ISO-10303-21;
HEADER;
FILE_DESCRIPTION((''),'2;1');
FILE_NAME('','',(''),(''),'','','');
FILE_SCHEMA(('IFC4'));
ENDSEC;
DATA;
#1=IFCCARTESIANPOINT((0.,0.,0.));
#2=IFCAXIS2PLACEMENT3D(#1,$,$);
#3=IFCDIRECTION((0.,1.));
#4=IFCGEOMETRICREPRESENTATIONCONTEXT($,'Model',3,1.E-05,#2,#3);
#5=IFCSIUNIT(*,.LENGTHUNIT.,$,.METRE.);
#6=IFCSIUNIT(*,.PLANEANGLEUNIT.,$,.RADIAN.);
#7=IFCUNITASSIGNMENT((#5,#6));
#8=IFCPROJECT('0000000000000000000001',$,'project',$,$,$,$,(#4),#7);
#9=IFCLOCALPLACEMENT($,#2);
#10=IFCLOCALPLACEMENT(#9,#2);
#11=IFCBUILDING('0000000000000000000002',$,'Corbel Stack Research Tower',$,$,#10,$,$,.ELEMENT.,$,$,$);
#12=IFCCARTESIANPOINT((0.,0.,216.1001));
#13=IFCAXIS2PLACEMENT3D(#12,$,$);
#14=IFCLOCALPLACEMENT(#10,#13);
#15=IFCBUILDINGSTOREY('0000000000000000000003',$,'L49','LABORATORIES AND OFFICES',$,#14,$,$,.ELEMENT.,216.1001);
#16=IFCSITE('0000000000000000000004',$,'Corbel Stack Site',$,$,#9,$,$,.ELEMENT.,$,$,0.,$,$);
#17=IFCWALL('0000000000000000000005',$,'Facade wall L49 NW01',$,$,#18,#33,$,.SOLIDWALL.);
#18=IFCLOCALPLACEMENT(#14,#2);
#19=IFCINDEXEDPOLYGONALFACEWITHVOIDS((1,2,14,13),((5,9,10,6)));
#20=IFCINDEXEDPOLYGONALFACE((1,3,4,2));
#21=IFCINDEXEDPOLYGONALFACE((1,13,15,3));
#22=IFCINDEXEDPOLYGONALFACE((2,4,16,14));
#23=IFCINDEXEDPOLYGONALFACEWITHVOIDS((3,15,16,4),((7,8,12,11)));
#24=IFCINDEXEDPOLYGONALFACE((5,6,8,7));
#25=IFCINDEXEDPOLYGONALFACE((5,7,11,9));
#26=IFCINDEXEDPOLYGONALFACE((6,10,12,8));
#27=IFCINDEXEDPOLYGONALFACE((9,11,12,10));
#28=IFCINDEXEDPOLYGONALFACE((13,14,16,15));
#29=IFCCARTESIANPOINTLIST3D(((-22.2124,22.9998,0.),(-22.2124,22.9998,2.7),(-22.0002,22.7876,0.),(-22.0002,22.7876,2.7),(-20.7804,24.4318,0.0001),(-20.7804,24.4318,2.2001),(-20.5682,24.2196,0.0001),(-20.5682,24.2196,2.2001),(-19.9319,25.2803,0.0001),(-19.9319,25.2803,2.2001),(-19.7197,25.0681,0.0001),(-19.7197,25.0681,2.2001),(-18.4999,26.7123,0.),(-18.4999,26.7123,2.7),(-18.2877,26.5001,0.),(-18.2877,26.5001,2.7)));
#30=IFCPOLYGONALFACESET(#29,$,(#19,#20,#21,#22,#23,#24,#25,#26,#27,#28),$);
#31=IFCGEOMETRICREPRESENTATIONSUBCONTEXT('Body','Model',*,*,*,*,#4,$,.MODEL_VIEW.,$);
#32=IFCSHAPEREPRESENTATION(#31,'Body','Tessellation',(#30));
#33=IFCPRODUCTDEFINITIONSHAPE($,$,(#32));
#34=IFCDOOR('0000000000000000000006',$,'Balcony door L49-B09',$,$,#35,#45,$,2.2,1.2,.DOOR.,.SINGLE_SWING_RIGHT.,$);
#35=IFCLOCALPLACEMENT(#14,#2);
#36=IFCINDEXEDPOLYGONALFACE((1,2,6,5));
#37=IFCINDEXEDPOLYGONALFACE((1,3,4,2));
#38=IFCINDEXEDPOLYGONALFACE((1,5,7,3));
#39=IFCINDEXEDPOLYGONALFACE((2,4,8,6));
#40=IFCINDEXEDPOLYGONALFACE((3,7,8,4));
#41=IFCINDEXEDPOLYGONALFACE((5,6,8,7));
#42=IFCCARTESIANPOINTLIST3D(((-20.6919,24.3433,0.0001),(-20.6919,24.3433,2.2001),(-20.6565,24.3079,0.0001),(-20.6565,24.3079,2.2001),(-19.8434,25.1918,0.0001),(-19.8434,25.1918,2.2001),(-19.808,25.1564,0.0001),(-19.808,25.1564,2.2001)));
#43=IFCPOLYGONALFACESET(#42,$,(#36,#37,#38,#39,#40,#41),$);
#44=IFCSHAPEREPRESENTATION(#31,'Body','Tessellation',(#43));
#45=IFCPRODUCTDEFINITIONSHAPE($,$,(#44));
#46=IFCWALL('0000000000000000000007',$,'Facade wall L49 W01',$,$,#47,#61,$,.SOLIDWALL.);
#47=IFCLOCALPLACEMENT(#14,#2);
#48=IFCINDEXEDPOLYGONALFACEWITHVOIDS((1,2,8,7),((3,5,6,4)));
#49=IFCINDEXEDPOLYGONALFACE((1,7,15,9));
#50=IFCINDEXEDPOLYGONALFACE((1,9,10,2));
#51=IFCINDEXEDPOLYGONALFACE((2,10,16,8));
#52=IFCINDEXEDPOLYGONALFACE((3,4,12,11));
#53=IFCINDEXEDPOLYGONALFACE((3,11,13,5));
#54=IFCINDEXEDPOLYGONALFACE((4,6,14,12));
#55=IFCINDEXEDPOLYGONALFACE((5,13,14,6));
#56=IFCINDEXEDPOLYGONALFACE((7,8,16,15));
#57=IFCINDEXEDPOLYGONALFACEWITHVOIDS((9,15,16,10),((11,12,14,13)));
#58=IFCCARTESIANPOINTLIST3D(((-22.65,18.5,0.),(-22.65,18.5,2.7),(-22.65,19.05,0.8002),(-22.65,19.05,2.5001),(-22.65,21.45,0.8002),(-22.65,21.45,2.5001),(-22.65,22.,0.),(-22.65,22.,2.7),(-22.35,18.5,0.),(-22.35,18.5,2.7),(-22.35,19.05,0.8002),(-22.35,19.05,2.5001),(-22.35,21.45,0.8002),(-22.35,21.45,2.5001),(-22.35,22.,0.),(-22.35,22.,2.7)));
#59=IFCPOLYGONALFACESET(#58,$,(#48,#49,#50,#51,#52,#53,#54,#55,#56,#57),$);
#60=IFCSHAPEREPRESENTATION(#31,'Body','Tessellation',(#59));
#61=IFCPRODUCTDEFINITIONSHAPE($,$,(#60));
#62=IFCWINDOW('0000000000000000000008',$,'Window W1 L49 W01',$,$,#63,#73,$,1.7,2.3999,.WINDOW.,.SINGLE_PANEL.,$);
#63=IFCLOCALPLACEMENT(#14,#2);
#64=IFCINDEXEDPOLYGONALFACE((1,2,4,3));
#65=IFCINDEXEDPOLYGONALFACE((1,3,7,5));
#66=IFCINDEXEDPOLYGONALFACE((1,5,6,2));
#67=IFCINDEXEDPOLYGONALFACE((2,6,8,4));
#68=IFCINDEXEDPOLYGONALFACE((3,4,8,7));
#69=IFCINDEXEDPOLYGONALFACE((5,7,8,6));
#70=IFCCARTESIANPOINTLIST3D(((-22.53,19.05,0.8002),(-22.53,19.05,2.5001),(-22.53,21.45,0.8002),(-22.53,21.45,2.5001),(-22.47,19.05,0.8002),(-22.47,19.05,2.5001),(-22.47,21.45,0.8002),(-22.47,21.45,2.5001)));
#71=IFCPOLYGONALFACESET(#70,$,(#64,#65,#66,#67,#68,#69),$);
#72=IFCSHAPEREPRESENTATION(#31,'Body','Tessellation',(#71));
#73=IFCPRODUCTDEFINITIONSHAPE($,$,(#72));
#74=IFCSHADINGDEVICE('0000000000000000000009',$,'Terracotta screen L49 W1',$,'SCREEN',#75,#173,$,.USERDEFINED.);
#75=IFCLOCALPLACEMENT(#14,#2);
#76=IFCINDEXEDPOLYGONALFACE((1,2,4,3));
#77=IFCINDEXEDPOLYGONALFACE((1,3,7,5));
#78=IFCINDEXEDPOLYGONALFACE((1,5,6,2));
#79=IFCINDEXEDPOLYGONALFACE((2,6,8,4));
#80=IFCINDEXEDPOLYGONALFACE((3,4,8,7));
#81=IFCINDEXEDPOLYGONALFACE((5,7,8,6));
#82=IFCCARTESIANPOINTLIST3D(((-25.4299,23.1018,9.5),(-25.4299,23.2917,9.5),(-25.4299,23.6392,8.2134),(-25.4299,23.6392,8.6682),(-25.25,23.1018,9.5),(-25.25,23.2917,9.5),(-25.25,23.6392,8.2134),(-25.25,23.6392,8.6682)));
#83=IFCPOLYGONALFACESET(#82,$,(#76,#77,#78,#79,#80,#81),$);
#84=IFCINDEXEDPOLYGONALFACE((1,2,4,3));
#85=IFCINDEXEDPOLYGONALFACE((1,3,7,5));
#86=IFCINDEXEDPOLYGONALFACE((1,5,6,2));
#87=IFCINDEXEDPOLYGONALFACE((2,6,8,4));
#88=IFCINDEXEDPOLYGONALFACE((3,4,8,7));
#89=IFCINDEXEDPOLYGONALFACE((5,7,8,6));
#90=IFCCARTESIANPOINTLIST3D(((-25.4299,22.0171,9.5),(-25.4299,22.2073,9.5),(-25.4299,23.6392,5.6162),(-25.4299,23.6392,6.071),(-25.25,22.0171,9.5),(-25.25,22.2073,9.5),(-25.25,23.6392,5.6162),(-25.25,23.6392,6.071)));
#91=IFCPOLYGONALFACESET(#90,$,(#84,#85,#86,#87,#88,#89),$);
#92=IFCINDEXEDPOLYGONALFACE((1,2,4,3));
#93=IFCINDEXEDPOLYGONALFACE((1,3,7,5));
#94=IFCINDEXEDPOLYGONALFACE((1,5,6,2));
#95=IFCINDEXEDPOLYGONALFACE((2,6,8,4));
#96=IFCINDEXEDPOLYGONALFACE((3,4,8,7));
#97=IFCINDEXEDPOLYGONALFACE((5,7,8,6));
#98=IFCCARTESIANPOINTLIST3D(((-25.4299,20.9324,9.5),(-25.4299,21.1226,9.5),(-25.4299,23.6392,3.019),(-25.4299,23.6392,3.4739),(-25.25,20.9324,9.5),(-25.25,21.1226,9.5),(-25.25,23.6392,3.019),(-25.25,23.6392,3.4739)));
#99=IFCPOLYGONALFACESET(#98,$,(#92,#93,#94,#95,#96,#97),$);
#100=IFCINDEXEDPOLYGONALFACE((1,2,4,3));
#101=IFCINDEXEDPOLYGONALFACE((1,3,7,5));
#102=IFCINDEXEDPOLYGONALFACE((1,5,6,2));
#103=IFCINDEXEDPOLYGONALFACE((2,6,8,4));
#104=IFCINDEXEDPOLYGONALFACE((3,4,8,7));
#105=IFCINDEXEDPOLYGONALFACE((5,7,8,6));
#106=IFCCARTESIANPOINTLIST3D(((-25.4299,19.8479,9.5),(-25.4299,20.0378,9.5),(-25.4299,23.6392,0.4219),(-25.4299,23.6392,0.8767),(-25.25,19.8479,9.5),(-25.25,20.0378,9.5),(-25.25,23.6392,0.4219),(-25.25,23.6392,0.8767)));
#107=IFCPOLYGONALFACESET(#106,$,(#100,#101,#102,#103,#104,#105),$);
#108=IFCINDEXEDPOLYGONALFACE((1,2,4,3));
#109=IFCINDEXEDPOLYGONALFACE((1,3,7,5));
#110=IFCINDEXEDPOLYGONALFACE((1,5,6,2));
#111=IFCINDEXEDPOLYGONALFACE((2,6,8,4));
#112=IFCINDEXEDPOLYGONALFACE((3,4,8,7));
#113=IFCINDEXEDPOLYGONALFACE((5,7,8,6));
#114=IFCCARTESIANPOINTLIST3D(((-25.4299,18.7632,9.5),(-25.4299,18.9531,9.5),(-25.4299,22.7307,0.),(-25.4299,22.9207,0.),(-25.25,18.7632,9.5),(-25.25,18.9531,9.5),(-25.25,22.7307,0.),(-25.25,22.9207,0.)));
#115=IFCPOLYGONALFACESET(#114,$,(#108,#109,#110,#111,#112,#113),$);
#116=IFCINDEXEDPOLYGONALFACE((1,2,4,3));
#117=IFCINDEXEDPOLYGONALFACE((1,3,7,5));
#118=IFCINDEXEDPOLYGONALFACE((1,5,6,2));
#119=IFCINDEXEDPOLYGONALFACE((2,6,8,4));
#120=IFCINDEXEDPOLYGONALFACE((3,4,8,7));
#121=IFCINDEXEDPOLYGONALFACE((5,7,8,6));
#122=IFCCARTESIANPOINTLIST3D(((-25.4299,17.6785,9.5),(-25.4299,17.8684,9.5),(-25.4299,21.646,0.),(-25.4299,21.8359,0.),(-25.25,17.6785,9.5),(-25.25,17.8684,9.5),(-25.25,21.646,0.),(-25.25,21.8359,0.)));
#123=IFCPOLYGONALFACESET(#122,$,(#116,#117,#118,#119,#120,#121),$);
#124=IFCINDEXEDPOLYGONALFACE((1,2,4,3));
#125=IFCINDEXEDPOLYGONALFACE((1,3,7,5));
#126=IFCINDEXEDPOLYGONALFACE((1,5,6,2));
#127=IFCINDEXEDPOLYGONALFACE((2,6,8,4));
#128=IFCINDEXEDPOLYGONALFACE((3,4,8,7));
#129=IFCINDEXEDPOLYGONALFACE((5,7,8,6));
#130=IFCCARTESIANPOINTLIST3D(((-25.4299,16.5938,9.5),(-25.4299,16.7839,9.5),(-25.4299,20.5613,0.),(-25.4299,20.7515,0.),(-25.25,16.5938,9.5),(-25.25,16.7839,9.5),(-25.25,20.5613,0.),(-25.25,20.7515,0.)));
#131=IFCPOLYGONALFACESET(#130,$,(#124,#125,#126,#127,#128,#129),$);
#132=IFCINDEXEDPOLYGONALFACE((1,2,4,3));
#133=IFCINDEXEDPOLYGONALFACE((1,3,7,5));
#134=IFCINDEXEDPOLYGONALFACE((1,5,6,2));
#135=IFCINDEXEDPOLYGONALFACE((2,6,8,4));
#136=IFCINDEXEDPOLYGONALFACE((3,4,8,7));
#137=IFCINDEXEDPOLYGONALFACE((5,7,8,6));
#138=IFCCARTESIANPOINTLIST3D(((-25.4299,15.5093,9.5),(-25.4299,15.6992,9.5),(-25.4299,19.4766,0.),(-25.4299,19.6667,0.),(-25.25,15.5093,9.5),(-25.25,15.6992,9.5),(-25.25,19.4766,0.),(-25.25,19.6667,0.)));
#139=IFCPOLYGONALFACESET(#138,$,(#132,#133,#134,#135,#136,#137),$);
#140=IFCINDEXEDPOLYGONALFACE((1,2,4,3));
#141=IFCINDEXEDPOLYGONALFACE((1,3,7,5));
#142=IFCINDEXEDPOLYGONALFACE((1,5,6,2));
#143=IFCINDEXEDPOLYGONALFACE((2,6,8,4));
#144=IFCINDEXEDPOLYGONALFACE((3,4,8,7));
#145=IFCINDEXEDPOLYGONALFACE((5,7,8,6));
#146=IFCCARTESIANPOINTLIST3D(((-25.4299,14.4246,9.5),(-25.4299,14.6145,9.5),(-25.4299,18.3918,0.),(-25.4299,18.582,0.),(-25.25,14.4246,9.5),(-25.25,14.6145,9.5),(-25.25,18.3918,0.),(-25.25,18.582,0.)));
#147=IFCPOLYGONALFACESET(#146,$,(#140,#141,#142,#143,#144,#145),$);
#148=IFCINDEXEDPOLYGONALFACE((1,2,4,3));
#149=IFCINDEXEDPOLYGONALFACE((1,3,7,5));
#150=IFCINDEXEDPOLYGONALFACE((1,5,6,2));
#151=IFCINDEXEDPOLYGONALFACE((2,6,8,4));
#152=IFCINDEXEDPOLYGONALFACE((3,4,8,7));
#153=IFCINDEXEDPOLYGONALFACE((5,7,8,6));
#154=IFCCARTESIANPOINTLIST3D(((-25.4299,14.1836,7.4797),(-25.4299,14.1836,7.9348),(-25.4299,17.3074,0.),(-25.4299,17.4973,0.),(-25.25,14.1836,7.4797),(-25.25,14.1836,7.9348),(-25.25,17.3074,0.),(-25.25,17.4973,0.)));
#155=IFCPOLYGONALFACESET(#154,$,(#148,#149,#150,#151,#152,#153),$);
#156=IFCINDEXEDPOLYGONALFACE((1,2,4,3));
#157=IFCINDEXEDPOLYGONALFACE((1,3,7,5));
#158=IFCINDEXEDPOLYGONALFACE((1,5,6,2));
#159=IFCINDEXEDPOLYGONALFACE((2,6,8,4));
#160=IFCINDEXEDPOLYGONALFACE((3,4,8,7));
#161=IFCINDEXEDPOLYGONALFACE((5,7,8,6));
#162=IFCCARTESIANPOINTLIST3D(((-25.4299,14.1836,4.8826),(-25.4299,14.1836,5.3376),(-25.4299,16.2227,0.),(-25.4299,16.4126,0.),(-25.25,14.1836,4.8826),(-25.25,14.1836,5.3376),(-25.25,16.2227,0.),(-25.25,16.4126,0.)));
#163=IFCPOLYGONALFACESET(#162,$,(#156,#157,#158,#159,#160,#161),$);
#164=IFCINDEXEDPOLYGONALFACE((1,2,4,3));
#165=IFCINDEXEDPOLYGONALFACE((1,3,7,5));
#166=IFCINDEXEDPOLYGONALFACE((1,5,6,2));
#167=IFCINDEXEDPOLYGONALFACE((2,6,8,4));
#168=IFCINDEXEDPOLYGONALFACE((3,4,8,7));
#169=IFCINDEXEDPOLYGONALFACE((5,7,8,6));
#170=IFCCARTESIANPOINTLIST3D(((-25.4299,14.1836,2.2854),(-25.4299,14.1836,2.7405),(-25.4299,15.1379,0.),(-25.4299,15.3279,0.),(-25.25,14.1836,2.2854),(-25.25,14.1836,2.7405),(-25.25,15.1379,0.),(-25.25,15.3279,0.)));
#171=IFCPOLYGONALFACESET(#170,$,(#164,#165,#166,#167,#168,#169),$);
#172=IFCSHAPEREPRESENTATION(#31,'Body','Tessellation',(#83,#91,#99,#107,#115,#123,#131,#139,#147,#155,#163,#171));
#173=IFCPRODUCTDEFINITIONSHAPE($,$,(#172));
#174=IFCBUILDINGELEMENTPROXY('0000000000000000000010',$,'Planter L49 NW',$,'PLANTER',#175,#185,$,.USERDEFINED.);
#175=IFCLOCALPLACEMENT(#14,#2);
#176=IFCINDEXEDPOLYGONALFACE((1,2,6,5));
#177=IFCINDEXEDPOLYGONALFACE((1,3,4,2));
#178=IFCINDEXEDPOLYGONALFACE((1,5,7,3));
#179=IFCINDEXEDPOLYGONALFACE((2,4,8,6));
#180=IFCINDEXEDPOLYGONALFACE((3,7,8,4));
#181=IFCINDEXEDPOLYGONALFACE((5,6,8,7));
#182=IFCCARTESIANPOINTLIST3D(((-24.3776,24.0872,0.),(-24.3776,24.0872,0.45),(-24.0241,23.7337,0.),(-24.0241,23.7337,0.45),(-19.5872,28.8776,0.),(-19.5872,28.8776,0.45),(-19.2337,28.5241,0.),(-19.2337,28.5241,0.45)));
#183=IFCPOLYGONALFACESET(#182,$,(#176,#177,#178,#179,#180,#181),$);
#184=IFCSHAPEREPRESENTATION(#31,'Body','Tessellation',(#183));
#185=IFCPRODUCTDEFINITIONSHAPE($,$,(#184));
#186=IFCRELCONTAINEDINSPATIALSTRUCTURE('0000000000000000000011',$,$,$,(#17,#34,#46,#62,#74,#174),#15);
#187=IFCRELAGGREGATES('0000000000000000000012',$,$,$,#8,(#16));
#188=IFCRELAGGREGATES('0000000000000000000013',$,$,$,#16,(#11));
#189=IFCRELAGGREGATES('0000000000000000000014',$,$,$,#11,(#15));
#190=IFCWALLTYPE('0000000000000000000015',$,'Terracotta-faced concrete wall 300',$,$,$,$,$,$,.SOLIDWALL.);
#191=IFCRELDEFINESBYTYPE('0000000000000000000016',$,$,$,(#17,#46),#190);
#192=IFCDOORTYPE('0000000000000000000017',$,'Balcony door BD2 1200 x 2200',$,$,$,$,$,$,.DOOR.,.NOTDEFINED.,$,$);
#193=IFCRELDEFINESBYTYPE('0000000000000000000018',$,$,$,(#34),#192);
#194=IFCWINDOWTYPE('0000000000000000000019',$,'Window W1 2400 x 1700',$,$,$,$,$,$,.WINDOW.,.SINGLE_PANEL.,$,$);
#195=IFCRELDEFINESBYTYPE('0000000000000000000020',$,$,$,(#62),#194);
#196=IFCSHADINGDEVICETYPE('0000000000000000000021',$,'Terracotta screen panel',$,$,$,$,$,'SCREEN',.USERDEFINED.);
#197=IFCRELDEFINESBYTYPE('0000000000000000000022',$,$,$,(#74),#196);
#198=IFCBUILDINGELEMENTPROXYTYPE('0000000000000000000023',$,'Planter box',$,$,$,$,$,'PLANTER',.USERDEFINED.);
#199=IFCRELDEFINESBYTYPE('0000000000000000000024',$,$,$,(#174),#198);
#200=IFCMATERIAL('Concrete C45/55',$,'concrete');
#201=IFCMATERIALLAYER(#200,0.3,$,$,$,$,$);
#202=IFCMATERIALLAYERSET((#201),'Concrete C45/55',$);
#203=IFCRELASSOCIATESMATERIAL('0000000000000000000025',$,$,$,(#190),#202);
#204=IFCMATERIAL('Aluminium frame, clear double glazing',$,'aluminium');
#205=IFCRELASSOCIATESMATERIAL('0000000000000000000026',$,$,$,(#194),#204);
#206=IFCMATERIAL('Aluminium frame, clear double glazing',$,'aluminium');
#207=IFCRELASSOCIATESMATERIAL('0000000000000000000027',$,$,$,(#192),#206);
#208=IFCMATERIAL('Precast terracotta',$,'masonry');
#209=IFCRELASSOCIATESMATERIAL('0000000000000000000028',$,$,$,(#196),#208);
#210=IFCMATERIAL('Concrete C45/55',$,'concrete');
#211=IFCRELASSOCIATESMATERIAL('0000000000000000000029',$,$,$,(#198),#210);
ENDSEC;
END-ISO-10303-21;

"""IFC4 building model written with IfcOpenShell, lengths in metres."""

from ifc_helpers import new_model, si_unit, direction, frame, frame_2d, origin, origin_2d, place, context, subcontext, project, spatial, polyline, rectangle, outline, extrude, source, transform, mapped, material, layer, layer_set, type_object, element, fill, save


model = new_model("IFC4")

# Units and contexts
model_context = context("Model", 3, precision=1e-05, world=origin(), true_north=direction((0.0, 1.0)))
body_context = subcontext(model_context, "Body", "Model", "MODEL_VIEW")
ifc_project = project(units=[si_unit("LENGTHUNIT", "METRE"), si_unit("PLANEANGLEUNIT", "RADIAN")], contexts=[model_context])

# Site, building, storey
site_placement = place(None, origin())
site = spatial("IfcSite", under=ifc_project, at=site_placement, Name="Corbel Stack Site", CompositionType="ELEMENT", RefElevation=0.0)
building_placement = place(site_placement, origin())
building = spatial("IfcBuilding", under=site, at=building_placement, Name="Corbel Stack Research Tower", CompositionType="ELEMENT")
storey_placement = place(building_placement, frame((0.0, 0.0, 216.1001)))
storey = spatial("IfcBuildingStorey", under=building, at=storey_placement, Name="L49", Description="LABORATORIES AND OFFICES", CompositionType="ELEMENT", Elevation=216.1001)

# Shared definitions
ifc_material_1 = material(Name="Concrete C45/55", Category="concrete")
ifc_layer_1 = layer(ifc_material_1, 0.3)
ifc_layer_set_1 = layer_set([ifc_layer_1], Name="Concrete C45/55")
wall_type_1 = type_object("IfcWallType", Name="Terracotta-faced concrete wall 300", PredefinedType="SOLIDWALL", material=ifc_layer_set_1)
ifc_material_2 = material(Name="Aluminium frame, clear double glazing", Category="aluminium")
window_type = type_object("IfcWindowType", Name="Window W1 2400 x 1700", PartitioningType="SINGLE_PANEL", PredefinedType="WINDOW", material=ifc_material_2)

# Wall, opening, door
wall_1_placement = place(storey_placement, frame((-22.1062, 22.8938, 0.0), z_axis=(0.0, 0.0, 1.0), x_axis=(0.707107, 0.707107, 0.0)))
wall_1 = element("IfcWall", 1, at=wall_1_placement, inside=storey, type_object=wall_type_1, Name="Facade wall L49 NW01", PredefinedType="SOLIDWALL", context=body_context, shape_type="SweptSolid", body=[
    extrude(rectangle(XDim=5.2502, YDim=0.3, at=frame_2d((2.625, 0.0))), origin(), (0.0, 0.0, 1.0), 2.7),
])
opening_1_placement = place(wall_1_placement, frame((2.0249, 0.0, 0.0)))
opening_1 = element("IfcOpeningElement", 2, at=opening_1_placement, cuts=wall_1, PredefinedType="OPENING", context=body_context, shape_type="SweptSolid", body=[
    extrude(rectangle(XDim=1.2, YDim=2.2, at=frame_2d((0.6001, 1.1001))), frame((0.0, 0.1599, 0.0), z_axis=(0.0, -1.0, 0.0), x_axis=(1.0, 0.0, 0.0)), (0.0, 0.0, 1.0), 0.3201),
])
ifc_material_3 = material(Name="Aluminium frame, clear double glazing", Category="aluminium")
door_type_1 = type_object("IfcDoorType", Name="Balcony door BD2 1200 x 2200", OperationType="NOTDEFINED", PredefinedType="DOOR", material=ifc_material_3)
door_1_placement = place(opening_1_placement, origin())
door_1 = element("IfcDoor", 3, at=door_1_placement, inside=storey, type_object=door_type_1, Name="Balcony door L49-B09", OperationType="SINGLE_SWING_RIGHT", OverallHeight=2.2, OverallWidth=1.2, PredefinedType="DOOR", context=body_context, shape_type="SweptSolid", body=[
    extrude(rectangle(XDim=1.2, YDim=2.2, at=frame_2d((0.6001, 1.1001))), frame((0.0, 0.0249, 0.0), z_axis=(0.0, -1.0, 0.0), x_axis=(1.0, 0.0, 0.0)), (0.0, 0.0, 1.0), 0.05),
])
fill(opening_1, door_1)

# Wall, opening, window
wall_2_placement = place(storey_placement, frame((-22.5, 18.5, 0.0), z_axis=(0.0, 0.0, 1.0), x_axis=(0.0, 1.0, 0.0)))
wall_2 = element("IfcWall", 4, at=wall_2_placement, inside=storey, type_object=wall_type_1, Name="Facade wall L49 W01", PredefinedType="SOLIDWALL", context=body_context, shape_type="SweptSolid", body=[
    extrude(rectangle(XDim=3.5, YDim=0.3, at=frame_2d((1.75, 0.0))), origin(), (0.0, 0.0, 1.0), 2.7),
])
opening_2_placement = place(wall_2_placement, frame((0.55, 0.0, 0.8)))
opening_2 = element("IfcOpeningElement", 5, at=opening_2_placement, cuts=wall_2, PredefinedType="OPENING", context=body_context, shape_type="SweptSolid", body=[
    extrude(rectangle(XDim=2.3999, YDim=1.7, at=frame_2d((1.2, 0.8501))), frame((0.0, 0.1599, 0.0), z_axis=(0.0, -1.0, 0.0), x_axis=(1.0, 0.0, 0.0)), (0.0, 0.0, 1.0), 0.3201),
])
window_1_placement = place(opening_2_placement, origin())
window_1 = element("IfcWindow", 6, at=window_1_placement, inside=storey, type_object=window_type, Name="Window W1 L49 W01", OverallHeight=1.7, OverallWidth=2.3999, PartitioningType="SINGLE_PANEL", PredefinedType="WINDOW", context=body_context, shape_type="SweptSolid", body=[
    extrude(rectangle(XDim=2.3999, YDim=1.7, at=frame_2d((1.2, 0.8501))), frame((0.0, 0.03, 0.0), z_axis=(0.0, -1.0, 0.0), x_axis=(1.0, 0.0, 0.0)), (0.0, 0.0, 1.0), 0.0601),
])
fill(opening_2, window_1)

# Shading device
ifc_material_4 = material(Name="Precast terracotta", Category="masonry")
shading_device_type = type_object("IfcShadingDeviceType", Name="Terracotta screen panel", ElementType="SCREEN", PredefinedType="USERDEFINED", material=ifc_material_4)
shared_shape_1 = source(origin(), body_context, "Body", "SweptSolid", [
    extrude(outline(polyline([(0.5374, 9.5), (0.3474, 9.5), (0.0, 8.6682), (0.0, 8.2134), (0.5374, 9.5)])), frame((0.0, 0.0, 0.0), z_axis=(0.0, -1.0, 0.0), x_axis=(1.0, 0.0, 0.0)), (0.0, 0.0, 1.0), 0.1799),
    extrude(outline(polyline([(1.6221, 9.5), (1.4319, 9.5), (0.0, 6.071), (0.0, 5.6162), (1.6221, 9.5)])), frame((0.0, 0.0, 0.0), z_axis=(0.0, -1.0, 0.0), x_axis=(1.0, 0.0, 0.0)), (0.0, 0.0, 1.0), 0.1799),
    extrude(outline(polyline([(2.7068, 9.5), (2.5166, 9.5), (0.0, 3.4739), (0.0, 3.019), (2.7068, 9.5)])), frame((0.0, 0.0, 0.0), z_axis=(0.0, -1.0, 0.0), x_axis=(1.0, 0.0, 0.0)), (0.0, 0.0, 1.0), 0.1799),
    extrude(outline(polyline([(3.7913, 9.5), (3.6013, 9.5), (0.0, 0.8767), (0.0, 0.4219), (3.7913, 9.5)])), frame((0.0, 0.0, 0.0), z_axis=(0.0, -1.0, 0.0), x_axis=(1.0, 0.0, 0.0)), (0.0, 0.0, 1.0), 0.1799),
    extrude(outline(polyline([(0.9084, 0.0), (4.876, 9.5), (4.686, 9.5), (0.7185, 0.0), (0.9084, 0.0)])), frame((0.0, 0.0, 0.0), z_axis=(0.0, -1.0, 0.0), x_axis=(1.0, 0.0, 0.0)), (0.0, 0.0, 1.0), 0.1799),
    extrude(outline(polyline([(1.9932, 0.0), (5.9607, 9.5), (5.7708, 9.5), (1.8032, 0.0), (1.9932, 0.0)])), frame((0.0, 0.0, 0.0), z_axis=(0.0, -1.0, 0.0), x_axis=(1.0, 0.0, 0.0)), (0.0, 0.0, 1.0), 0.1799),
    extrude(outline(polyline([(3.0779, 0.0), (7.0454, 9.5), (6.8552, 9.5), (2.8877, 0.0), (3.0779, 0.0)])), frame((0.0, 0.0, 0.0), z_axis=(0.0, -1.0, 0.0), x_axis=(1.0, 0.0, 0.0)), (0.0, 0.0, 1.0), 0.1799),
    extrude(outline(polyline([(4.1626, 0.0), (8.1299, 9.5), (7.9399, 9.5), (3.9724, 0.0), (4.1626, 0.0)])), frame((0.0, 0.0, 0.0), z_axis=(0.0, -1.0, 0.0), x_axis=(1.0, 0.0, 0.0)), (0.0, 0.0, 1.0), 0.1799),
    extrude(outline(polyline([(5.2473, 0.0), (9.2146, 9.5), (9.0247, 9.5), (5.0571, 0.0), (5.2473, 0.0)])), frame((0.0, 0.0, 0.0), z_axis=(0.0, -1.0, 0.0), x_axis=(1.0, 0.0, 0.0)), (0.0, 0.0, 1.0), 0.1799),
    extrude(outline(polyline([(6.3318, 0.0), (9.4556, 7.4797), (9.4556, 7.9348), (6.1418, 0.0), (6.3318, 0.0)])), frame((0.0, 0.0, 0.0), z_axis=(0.0, -1.0, 0.0), x_axis=(1.0, 0.0, 0.0)), (0.0, 0.0, 1.0), 0.1799),
    extrude(outline(polyline([(7.4165, 0.0), (9.4556, 4.8826), (9.4556, 5.3376), (7.2266, 0.0), (7.4165, 0.0)])), frame((0.0, 0.0, 0.0), z_axis=(0.0, -1.0, 0.0), x_axis=(1.0, 0.0, 0.0)), (0.0, 0.0, 1.0), 0.1799),
    extrude(outline(polyline([(8.5012, 0.0), (9.4556, 2.2854), (9.4556, 2.7405), (8.3113, 0.0), (8.5012, 0.0)])), frame((0.0, 0.0, 0.0), z_axis=(0.0, -1.0, 0.0), x_axis=(1.0, 0.0, 0.0)), (0.0, 0.0, 1.0), 0.1799),
])
shading_device_1_placement = place(storey_placement, frame((-25.25, 23.6392, 0.0), z_axis=(0.0, 0.0, 1.0), x_axis=(0.0, -1.0, 0.0)))
element("IfcShadingDevice", 7, at=shading_device_1_placement, inside=storey, type_object=shading_device_type, Name="Terracotta screen L49 W1", ObjectType="SCREEN", PredefinedType="USERDEFINED", context=body_context, shape_type="MappedRepresentation", body=[
    mapped(shared_shape_1, transform((0.0, 0.0, 0.0))),
])

# Building element proxy
ifc_material_5 = material(Name="Concrete C45/55", Category="concrete")
building_element_proxy_type = type_object("IfcBuildingElementProxyType", Name="Planter box", ElementType="PLANTER", PredefinedType="USERDEFINED", material=ifc_material_5)
proxy_placement = place(storey_placement, frame((-21.8057, 26.3057, 0.0), z_axis=(0.0, 0.0, 1.0), x_axis=(-0.707107, -0.707107, 0.0)))
element("IfcBuildingElementProxy", 8, at=proxy_placement, inside=storey, type_object=building_element_proxy_type, Name="Planter L49 NW", ObjectType="PLANTER", PredefinedType="USERDEFINED", context=body_context, shape_type="SweptSolid", body=[
    extrude(rectangle(XDim=6.7747, YDim=0.5, at=origin_2d()), origin(), (0.0, 0.0, 1.0), 0.45),
])

save(model, "model.ifc")
